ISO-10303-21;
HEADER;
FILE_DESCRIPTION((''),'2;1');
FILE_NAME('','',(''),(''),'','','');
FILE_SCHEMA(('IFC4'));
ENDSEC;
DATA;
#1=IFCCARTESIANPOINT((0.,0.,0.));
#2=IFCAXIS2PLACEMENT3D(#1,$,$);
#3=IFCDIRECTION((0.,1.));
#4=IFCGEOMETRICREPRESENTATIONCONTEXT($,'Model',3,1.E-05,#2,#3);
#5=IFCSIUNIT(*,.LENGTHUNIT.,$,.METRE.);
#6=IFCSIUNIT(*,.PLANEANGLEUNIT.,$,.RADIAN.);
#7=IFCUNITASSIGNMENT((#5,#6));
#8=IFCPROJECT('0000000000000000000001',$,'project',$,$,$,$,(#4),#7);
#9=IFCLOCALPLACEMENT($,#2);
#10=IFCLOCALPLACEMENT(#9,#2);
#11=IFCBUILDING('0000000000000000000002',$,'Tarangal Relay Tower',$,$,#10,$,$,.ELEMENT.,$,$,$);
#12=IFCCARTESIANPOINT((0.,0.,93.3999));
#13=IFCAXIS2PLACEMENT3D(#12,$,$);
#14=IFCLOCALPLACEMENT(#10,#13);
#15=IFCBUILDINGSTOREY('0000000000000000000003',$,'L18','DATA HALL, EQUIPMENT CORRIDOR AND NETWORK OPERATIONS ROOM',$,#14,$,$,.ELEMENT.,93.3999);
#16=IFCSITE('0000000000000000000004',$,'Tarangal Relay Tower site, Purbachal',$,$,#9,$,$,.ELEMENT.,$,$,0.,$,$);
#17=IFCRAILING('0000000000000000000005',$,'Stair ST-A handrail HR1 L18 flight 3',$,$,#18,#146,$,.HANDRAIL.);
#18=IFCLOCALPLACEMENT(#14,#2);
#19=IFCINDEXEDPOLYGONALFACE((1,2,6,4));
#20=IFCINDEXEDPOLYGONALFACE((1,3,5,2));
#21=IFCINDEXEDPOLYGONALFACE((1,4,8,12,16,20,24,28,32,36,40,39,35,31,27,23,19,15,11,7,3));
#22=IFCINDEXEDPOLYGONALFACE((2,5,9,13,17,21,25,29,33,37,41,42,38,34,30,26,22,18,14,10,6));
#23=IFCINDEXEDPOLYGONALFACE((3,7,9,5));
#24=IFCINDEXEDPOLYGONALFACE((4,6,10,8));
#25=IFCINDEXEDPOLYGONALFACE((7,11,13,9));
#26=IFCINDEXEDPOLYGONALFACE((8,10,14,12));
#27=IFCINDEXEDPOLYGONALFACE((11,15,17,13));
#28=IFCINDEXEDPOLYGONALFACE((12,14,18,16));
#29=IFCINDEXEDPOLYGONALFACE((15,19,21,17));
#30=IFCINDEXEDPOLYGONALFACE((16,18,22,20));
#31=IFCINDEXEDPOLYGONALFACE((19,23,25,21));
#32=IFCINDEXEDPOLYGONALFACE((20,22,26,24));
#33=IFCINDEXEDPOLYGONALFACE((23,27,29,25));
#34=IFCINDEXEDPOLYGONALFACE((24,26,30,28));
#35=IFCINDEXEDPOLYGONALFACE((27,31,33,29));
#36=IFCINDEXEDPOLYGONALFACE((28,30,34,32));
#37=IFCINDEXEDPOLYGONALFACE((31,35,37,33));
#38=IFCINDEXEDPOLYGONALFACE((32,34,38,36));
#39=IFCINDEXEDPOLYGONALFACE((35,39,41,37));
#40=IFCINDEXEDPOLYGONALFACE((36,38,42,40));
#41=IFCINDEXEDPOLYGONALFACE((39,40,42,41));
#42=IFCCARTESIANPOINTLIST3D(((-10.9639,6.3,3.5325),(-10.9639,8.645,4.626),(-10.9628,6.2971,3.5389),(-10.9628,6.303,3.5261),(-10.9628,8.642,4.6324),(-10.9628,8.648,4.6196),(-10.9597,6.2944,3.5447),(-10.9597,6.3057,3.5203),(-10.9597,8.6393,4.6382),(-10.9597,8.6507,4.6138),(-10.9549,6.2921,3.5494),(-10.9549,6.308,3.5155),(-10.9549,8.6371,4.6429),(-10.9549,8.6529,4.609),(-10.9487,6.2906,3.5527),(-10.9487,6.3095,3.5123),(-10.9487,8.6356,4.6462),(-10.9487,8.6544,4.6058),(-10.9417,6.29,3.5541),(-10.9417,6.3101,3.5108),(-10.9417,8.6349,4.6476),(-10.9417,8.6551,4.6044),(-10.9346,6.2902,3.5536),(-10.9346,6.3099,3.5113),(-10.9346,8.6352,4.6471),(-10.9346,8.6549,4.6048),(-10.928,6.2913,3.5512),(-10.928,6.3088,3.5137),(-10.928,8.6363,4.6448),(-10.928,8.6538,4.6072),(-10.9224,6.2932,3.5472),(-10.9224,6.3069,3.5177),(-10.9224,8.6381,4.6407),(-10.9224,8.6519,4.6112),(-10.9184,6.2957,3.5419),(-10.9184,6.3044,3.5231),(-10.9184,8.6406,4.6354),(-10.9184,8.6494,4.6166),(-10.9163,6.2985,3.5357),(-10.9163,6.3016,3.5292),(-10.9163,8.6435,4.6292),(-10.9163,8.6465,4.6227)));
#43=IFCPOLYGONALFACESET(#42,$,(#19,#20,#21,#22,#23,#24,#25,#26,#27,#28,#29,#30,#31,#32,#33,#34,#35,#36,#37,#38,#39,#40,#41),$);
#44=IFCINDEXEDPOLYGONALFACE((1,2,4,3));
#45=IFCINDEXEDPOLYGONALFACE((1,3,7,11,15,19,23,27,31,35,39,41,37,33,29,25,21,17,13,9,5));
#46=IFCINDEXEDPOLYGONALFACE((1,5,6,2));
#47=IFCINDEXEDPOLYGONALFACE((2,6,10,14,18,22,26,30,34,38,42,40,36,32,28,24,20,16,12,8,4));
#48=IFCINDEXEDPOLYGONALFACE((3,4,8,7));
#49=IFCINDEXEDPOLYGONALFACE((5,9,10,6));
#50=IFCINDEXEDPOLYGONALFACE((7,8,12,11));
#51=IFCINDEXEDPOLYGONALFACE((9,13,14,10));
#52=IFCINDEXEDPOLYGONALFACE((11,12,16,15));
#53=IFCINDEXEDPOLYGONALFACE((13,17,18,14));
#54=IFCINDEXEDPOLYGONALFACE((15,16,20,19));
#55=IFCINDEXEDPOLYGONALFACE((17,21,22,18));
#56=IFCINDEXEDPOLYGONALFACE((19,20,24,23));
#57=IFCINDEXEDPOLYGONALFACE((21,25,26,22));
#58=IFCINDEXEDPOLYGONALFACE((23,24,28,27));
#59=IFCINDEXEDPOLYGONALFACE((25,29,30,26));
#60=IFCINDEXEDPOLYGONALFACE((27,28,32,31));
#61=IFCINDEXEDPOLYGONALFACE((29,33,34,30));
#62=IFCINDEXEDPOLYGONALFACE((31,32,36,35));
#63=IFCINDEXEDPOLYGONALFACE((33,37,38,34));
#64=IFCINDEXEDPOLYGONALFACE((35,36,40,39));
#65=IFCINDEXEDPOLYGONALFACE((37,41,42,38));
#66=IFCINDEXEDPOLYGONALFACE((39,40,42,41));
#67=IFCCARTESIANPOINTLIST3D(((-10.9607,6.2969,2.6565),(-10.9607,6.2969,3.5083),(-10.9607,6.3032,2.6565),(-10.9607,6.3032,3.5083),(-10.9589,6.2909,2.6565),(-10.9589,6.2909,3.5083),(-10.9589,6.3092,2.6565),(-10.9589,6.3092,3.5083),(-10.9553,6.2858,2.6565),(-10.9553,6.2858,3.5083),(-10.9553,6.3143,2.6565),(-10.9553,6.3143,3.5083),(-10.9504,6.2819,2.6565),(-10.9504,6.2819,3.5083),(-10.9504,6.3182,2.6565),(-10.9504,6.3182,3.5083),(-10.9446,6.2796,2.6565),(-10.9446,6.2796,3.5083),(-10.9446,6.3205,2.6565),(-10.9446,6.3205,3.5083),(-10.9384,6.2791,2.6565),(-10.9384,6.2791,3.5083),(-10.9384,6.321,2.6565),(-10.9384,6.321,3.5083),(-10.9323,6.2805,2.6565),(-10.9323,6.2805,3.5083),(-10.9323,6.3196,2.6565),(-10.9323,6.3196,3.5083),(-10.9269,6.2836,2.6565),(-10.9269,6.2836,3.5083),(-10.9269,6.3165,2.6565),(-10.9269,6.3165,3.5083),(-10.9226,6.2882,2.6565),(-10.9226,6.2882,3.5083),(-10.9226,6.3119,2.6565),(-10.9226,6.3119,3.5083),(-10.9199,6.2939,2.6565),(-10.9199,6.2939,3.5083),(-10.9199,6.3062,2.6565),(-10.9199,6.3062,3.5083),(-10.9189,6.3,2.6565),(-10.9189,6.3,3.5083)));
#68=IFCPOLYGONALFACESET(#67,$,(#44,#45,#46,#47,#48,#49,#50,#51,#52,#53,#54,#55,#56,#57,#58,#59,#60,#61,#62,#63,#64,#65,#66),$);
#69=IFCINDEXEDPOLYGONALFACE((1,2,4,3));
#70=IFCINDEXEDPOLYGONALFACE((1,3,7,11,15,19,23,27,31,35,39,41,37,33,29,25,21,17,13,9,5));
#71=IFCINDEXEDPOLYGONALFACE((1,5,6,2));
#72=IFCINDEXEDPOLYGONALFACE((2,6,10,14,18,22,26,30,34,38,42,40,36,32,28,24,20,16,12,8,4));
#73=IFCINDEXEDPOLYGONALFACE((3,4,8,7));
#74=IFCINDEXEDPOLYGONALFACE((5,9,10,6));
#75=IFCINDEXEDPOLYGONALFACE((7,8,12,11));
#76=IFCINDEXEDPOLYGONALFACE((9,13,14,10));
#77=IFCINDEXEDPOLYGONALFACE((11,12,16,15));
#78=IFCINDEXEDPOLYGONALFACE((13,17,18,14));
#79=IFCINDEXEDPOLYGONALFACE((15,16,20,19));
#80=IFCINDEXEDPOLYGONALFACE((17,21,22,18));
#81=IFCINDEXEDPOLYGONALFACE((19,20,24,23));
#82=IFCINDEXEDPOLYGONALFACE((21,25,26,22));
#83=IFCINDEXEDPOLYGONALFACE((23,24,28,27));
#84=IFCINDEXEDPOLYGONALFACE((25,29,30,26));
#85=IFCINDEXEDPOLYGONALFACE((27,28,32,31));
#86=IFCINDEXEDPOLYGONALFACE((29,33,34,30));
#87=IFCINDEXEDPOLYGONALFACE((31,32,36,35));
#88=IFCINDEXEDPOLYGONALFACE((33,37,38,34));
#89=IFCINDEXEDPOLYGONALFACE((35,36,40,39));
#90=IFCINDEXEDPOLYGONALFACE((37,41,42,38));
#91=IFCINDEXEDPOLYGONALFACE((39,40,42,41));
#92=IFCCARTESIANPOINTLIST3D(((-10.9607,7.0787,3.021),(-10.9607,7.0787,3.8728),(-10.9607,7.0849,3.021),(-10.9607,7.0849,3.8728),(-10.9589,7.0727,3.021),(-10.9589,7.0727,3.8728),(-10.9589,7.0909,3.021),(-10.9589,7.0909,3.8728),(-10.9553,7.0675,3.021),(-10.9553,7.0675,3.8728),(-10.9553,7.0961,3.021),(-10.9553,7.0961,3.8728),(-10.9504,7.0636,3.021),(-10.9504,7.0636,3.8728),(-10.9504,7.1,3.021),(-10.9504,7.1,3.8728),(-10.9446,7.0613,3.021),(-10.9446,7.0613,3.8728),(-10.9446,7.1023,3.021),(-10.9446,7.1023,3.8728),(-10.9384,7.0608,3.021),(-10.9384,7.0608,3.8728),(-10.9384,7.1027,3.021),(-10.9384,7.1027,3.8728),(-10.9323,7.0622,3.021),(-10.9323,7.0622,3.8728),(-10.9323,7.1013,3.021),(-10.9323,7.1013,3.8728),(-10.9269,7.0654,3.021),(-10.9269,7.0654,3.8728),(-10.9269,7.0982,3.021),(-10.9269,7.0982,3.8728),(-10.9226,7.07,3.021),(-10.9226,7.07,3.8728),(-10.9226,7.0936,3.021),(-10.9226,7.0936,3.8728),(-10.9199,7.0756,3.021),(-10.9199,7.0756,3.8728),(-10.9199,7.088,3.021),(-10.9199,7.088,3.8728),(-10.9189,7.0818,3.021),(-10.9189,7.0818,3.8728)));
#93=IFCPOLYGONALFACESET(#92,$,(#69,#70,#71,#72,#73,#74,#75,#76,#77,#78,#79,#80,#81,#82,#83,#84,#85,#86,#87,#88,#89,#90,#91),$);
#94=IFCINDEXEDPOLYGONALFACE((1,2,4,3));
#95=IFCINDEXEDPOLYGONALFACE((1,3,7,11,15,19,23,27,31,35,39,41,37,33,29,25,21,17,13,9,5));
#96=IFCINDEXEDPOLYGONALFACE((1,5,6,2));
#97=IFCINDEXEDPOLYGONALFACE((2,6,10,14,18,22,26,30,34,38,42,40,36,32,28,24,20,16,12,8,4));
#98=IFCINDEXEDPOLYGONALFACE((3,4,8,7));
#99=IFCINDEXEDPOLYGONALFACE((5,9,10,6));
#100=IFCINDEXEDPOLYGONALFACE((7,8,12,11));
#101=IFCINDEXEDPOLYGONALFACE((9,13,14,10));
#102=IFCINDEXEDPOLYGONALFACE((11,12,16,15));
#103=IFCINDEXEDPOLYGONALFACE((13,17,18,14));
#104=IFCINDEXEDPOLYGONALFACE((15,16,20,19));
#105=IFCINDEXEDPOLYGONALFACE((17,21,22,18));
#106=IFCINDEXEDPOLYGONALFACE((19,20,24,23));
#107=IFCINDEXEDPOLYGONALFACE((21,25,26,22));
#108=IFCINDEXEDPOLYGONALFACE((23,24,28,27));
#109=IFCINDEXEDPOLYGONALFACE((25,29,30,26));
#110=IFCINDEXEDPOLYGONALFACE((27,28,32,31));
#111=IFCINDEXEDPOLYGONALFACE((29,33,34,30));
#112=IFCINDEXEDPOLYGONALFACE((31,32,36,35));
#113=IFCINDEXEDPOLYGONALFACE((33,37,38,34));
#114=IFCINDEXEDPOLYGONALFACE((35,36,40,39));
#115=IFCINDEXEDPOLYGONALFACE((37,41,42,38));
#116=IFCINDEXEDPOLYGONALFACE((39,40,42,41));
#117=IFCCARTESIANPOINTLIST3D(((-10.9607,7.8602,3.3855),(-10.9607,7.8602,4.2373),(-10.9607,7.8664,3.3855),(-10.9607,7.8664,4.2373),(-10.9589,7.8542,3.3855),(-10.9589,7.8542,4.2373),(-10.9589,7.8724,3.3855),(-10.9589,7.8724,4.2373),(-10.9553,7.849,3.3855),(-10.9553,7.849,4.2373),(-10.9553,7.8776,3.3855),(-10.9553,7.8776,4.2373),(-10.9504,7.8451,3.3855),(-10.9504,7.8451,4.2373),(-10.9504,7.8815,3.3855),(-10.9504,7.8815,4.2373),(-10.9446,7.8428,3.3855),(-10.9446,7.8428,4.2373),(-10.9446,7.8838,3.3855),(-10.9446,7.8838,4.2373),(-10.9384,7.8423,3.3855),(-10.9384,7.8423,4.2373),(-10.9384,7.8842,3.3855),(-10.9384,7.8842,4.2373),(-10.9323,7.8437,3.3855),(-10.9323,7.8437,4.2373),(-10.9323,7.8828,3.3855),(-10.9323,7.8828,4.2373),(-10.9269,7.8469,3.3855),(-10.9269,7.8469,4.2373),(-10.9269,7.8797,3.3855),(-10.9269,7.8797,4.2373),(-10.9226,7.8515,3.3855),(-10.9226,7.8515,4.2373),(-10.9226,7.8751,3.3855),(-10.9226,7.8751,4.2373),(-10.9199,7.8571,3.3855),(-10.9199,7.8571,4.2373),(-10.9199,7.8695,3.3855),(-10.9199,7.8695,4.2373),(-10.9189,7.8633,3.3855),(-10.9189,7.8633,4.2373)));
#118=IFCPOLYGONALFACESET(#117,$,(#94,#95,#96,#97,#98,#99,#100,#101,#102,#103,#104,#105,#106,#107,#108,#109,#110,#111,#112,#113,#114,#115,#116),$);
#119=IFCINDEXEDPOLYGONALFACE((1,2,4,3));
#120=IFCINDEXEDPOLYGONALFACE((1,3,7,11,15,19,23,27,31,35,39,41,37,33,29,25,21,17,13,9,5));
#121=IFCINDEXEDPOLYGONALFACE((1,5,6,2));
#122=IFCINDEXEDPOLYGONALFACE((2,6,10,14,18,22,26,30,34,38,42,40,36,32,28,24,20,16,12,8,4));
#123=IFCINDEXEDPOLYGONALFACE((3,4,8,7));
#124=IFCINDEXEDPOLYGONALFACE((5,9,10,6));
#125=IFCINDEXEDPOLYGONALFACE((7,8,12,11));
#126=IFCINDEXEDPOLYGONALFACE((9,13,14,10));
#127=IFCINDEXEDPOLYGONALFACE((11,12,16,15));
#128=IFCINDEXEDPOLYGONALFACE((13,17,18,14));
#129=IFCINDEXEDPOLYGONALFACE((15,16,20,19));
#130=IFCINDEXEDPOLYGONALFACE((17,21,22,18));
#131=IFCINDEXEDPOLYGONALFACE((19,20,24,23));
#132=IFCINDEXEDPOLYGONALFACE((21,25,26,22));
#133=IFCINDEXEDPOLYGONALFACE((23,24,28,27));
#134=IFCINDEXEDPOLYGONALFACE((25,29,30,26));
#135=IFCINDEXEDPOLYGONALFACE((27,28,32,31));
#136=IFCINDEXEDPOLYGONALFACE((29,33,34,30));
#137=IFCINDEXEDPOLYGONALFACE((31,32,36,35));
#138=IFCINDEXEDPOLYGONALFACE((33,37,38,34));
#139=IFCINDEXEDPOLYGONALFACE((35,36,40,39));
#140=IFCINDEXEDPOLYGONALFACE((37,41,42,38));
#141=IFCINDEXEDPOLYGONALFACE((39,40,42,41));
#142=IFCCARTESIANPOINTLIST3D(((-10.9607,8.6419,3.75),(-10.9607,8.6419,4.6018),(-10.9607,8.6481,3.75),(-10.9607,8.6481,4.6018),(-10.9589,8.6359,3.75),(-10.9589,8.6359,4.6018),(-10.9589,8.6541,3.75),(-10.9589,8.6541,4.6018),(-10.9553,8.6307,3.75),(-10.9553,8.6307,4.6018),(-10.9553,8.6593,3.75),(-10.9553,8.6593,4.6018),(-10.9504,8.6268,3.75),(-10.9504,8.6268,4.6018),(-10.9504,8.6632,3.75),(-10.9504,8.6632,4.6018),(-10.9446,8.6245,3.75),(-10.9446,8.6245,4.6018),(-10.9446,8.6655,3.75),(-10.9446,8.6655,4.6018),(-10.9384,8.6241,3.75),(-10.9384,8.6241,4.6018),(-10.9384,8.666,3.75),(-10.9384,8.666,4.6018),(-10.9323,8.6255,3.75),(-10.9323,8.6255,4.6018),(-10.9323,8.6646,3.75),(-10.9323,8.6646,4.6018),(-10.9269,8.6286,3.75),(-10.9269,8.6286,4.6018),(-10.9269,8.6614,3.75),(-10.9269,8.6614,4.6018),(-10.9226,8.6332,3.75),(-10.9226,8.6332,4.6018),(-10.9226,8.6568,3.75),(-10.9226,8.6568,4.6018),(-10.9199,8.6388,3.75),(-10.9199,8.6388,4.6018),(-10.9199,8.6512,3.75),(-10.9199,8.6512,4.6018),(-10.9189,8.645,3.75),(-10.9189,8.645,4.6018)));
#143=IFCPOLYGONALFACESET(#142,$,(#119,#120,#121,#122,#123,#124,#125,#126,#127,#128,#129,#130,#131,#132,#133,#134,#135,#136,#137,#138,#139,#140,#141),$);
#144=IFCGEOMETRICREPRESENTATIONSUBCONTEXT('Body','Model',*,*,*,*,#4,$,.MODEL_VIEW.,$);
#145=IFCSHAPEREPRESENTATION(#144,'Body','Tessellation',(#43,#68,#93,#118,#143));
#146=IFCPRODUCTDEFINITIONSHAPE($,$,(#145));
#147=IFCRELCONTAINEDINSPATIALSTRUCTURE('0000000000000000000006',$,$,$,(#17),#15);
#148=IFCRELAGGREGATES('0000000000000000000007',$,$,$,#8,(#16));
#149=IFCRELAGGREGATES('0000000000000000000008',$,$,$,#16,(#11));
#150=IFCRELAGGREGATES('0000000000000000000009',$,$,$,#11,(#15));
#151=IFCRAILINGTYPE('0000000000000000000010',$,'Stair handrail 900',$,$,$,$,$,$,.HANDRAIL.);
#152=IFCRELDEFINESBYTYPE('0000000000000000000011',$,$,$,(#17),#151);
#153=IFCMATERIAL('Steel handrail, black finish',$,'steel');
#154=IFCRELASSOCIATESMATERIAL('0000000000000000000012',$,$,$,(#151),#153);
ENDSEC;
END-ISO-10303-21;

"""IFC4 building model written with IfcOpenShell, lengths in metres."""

from ifc_helpers import new_model, si_unit, direction, frame, origin, origin_2d, place, context, subcontext, project, spatial, circle, extrude, material, type_object, element, save


model = new_model("IFC4")

# Units and contexts
model_context = context("Model", 3, precision=1e-05, world=origin(), true_north=direction((0.0, 1.0)))
body_context = subcontext(model_context, "Body", "Model", "MODEL_VIEW")
ifc_project = project(units=[si_unit("LENGTHUNIT", "METRE"), si_unit("PLANEANGLEUNIT", "RADIAN")], contexts=[model_context])

# Site, building, storey
site_placement = place(None, origin())
site = spatial("IfcSite", under=ifc_project, at=site_placement, Name="Tarangal Relay Tower site, Purbachal", CompositionType="ELEMENT", RefElevation=0.0)
building_placement = place(site_placement, origin())
building = spatial("IfcBuilding", under=site, at=building_placement, Name="Tarangal Relay Tower", CompositionType="ELEMENT")
storey_placement = place(building_placement, frame((0.0, 0.0, 93.3999)))
storey = spatial("IfcBuildingStorey", under=building, at=storey_placement, Name="L18", Description="DATA HALL, EQUIPMENT CORRIDOR AND NETWORK OPERATIONS ROOM", CompositionType="ELEMENT", Elevation=93.3999)

# Railing
ifc_material_1 = material(Name="Steel handrail, black finish", Category="steel")
railing_type_1 = type_object("IfcRailingType", Name="Stair handrail 900", PredefinedType="HANDRAIL", material=ifc_material_1)
for number, where, name in (
    (1, (-10.9399, 6.3, 2.6565), "Stair ST-A handrail HR1 L18 flight 3"),
):
    element("IfcRailing", number, at=place(storey_placement, frame(where)), inside=storey, type_object=railing_type_1, Name=name, PredefinedType="HANDRAIL", context=body_context, shape_type="SweptSolid", body=[
        extrude(circle(Radius=0.0239, at=origin_2d()), frame((0.0, 0.0, 0.876), z_axis=(0.0, 0.906304, 0.422627), x_axis=(-1.0, 0.0, 0.0)), (0.0, 0.0, 1.0), 2.5874),
        extrude(circle(Radius=0.021, at=origin_2d()), origin(), (0.0, 0.0, 1.0), 0.8518),
        extrude(circle(Radius=0.021, at=origin_2d()), frame((0.0, 0.7817, 0.3645)), (0.0, 0.0, 1.0), 0.8518),
        extrude(circle(Radius=0.021, at=origin_2d()), frame((0.0, 1.5632, 0.729)), (0.0, 0.0, 1.0), 0.8518),
        extrude(circle(Radius=0.021, at=origin_2d()), frame((0.0, 2.345, 1.0935)), (0.0, 0.0, 1.0), 0.8518),
    ])

save(model, "model.ifc")
